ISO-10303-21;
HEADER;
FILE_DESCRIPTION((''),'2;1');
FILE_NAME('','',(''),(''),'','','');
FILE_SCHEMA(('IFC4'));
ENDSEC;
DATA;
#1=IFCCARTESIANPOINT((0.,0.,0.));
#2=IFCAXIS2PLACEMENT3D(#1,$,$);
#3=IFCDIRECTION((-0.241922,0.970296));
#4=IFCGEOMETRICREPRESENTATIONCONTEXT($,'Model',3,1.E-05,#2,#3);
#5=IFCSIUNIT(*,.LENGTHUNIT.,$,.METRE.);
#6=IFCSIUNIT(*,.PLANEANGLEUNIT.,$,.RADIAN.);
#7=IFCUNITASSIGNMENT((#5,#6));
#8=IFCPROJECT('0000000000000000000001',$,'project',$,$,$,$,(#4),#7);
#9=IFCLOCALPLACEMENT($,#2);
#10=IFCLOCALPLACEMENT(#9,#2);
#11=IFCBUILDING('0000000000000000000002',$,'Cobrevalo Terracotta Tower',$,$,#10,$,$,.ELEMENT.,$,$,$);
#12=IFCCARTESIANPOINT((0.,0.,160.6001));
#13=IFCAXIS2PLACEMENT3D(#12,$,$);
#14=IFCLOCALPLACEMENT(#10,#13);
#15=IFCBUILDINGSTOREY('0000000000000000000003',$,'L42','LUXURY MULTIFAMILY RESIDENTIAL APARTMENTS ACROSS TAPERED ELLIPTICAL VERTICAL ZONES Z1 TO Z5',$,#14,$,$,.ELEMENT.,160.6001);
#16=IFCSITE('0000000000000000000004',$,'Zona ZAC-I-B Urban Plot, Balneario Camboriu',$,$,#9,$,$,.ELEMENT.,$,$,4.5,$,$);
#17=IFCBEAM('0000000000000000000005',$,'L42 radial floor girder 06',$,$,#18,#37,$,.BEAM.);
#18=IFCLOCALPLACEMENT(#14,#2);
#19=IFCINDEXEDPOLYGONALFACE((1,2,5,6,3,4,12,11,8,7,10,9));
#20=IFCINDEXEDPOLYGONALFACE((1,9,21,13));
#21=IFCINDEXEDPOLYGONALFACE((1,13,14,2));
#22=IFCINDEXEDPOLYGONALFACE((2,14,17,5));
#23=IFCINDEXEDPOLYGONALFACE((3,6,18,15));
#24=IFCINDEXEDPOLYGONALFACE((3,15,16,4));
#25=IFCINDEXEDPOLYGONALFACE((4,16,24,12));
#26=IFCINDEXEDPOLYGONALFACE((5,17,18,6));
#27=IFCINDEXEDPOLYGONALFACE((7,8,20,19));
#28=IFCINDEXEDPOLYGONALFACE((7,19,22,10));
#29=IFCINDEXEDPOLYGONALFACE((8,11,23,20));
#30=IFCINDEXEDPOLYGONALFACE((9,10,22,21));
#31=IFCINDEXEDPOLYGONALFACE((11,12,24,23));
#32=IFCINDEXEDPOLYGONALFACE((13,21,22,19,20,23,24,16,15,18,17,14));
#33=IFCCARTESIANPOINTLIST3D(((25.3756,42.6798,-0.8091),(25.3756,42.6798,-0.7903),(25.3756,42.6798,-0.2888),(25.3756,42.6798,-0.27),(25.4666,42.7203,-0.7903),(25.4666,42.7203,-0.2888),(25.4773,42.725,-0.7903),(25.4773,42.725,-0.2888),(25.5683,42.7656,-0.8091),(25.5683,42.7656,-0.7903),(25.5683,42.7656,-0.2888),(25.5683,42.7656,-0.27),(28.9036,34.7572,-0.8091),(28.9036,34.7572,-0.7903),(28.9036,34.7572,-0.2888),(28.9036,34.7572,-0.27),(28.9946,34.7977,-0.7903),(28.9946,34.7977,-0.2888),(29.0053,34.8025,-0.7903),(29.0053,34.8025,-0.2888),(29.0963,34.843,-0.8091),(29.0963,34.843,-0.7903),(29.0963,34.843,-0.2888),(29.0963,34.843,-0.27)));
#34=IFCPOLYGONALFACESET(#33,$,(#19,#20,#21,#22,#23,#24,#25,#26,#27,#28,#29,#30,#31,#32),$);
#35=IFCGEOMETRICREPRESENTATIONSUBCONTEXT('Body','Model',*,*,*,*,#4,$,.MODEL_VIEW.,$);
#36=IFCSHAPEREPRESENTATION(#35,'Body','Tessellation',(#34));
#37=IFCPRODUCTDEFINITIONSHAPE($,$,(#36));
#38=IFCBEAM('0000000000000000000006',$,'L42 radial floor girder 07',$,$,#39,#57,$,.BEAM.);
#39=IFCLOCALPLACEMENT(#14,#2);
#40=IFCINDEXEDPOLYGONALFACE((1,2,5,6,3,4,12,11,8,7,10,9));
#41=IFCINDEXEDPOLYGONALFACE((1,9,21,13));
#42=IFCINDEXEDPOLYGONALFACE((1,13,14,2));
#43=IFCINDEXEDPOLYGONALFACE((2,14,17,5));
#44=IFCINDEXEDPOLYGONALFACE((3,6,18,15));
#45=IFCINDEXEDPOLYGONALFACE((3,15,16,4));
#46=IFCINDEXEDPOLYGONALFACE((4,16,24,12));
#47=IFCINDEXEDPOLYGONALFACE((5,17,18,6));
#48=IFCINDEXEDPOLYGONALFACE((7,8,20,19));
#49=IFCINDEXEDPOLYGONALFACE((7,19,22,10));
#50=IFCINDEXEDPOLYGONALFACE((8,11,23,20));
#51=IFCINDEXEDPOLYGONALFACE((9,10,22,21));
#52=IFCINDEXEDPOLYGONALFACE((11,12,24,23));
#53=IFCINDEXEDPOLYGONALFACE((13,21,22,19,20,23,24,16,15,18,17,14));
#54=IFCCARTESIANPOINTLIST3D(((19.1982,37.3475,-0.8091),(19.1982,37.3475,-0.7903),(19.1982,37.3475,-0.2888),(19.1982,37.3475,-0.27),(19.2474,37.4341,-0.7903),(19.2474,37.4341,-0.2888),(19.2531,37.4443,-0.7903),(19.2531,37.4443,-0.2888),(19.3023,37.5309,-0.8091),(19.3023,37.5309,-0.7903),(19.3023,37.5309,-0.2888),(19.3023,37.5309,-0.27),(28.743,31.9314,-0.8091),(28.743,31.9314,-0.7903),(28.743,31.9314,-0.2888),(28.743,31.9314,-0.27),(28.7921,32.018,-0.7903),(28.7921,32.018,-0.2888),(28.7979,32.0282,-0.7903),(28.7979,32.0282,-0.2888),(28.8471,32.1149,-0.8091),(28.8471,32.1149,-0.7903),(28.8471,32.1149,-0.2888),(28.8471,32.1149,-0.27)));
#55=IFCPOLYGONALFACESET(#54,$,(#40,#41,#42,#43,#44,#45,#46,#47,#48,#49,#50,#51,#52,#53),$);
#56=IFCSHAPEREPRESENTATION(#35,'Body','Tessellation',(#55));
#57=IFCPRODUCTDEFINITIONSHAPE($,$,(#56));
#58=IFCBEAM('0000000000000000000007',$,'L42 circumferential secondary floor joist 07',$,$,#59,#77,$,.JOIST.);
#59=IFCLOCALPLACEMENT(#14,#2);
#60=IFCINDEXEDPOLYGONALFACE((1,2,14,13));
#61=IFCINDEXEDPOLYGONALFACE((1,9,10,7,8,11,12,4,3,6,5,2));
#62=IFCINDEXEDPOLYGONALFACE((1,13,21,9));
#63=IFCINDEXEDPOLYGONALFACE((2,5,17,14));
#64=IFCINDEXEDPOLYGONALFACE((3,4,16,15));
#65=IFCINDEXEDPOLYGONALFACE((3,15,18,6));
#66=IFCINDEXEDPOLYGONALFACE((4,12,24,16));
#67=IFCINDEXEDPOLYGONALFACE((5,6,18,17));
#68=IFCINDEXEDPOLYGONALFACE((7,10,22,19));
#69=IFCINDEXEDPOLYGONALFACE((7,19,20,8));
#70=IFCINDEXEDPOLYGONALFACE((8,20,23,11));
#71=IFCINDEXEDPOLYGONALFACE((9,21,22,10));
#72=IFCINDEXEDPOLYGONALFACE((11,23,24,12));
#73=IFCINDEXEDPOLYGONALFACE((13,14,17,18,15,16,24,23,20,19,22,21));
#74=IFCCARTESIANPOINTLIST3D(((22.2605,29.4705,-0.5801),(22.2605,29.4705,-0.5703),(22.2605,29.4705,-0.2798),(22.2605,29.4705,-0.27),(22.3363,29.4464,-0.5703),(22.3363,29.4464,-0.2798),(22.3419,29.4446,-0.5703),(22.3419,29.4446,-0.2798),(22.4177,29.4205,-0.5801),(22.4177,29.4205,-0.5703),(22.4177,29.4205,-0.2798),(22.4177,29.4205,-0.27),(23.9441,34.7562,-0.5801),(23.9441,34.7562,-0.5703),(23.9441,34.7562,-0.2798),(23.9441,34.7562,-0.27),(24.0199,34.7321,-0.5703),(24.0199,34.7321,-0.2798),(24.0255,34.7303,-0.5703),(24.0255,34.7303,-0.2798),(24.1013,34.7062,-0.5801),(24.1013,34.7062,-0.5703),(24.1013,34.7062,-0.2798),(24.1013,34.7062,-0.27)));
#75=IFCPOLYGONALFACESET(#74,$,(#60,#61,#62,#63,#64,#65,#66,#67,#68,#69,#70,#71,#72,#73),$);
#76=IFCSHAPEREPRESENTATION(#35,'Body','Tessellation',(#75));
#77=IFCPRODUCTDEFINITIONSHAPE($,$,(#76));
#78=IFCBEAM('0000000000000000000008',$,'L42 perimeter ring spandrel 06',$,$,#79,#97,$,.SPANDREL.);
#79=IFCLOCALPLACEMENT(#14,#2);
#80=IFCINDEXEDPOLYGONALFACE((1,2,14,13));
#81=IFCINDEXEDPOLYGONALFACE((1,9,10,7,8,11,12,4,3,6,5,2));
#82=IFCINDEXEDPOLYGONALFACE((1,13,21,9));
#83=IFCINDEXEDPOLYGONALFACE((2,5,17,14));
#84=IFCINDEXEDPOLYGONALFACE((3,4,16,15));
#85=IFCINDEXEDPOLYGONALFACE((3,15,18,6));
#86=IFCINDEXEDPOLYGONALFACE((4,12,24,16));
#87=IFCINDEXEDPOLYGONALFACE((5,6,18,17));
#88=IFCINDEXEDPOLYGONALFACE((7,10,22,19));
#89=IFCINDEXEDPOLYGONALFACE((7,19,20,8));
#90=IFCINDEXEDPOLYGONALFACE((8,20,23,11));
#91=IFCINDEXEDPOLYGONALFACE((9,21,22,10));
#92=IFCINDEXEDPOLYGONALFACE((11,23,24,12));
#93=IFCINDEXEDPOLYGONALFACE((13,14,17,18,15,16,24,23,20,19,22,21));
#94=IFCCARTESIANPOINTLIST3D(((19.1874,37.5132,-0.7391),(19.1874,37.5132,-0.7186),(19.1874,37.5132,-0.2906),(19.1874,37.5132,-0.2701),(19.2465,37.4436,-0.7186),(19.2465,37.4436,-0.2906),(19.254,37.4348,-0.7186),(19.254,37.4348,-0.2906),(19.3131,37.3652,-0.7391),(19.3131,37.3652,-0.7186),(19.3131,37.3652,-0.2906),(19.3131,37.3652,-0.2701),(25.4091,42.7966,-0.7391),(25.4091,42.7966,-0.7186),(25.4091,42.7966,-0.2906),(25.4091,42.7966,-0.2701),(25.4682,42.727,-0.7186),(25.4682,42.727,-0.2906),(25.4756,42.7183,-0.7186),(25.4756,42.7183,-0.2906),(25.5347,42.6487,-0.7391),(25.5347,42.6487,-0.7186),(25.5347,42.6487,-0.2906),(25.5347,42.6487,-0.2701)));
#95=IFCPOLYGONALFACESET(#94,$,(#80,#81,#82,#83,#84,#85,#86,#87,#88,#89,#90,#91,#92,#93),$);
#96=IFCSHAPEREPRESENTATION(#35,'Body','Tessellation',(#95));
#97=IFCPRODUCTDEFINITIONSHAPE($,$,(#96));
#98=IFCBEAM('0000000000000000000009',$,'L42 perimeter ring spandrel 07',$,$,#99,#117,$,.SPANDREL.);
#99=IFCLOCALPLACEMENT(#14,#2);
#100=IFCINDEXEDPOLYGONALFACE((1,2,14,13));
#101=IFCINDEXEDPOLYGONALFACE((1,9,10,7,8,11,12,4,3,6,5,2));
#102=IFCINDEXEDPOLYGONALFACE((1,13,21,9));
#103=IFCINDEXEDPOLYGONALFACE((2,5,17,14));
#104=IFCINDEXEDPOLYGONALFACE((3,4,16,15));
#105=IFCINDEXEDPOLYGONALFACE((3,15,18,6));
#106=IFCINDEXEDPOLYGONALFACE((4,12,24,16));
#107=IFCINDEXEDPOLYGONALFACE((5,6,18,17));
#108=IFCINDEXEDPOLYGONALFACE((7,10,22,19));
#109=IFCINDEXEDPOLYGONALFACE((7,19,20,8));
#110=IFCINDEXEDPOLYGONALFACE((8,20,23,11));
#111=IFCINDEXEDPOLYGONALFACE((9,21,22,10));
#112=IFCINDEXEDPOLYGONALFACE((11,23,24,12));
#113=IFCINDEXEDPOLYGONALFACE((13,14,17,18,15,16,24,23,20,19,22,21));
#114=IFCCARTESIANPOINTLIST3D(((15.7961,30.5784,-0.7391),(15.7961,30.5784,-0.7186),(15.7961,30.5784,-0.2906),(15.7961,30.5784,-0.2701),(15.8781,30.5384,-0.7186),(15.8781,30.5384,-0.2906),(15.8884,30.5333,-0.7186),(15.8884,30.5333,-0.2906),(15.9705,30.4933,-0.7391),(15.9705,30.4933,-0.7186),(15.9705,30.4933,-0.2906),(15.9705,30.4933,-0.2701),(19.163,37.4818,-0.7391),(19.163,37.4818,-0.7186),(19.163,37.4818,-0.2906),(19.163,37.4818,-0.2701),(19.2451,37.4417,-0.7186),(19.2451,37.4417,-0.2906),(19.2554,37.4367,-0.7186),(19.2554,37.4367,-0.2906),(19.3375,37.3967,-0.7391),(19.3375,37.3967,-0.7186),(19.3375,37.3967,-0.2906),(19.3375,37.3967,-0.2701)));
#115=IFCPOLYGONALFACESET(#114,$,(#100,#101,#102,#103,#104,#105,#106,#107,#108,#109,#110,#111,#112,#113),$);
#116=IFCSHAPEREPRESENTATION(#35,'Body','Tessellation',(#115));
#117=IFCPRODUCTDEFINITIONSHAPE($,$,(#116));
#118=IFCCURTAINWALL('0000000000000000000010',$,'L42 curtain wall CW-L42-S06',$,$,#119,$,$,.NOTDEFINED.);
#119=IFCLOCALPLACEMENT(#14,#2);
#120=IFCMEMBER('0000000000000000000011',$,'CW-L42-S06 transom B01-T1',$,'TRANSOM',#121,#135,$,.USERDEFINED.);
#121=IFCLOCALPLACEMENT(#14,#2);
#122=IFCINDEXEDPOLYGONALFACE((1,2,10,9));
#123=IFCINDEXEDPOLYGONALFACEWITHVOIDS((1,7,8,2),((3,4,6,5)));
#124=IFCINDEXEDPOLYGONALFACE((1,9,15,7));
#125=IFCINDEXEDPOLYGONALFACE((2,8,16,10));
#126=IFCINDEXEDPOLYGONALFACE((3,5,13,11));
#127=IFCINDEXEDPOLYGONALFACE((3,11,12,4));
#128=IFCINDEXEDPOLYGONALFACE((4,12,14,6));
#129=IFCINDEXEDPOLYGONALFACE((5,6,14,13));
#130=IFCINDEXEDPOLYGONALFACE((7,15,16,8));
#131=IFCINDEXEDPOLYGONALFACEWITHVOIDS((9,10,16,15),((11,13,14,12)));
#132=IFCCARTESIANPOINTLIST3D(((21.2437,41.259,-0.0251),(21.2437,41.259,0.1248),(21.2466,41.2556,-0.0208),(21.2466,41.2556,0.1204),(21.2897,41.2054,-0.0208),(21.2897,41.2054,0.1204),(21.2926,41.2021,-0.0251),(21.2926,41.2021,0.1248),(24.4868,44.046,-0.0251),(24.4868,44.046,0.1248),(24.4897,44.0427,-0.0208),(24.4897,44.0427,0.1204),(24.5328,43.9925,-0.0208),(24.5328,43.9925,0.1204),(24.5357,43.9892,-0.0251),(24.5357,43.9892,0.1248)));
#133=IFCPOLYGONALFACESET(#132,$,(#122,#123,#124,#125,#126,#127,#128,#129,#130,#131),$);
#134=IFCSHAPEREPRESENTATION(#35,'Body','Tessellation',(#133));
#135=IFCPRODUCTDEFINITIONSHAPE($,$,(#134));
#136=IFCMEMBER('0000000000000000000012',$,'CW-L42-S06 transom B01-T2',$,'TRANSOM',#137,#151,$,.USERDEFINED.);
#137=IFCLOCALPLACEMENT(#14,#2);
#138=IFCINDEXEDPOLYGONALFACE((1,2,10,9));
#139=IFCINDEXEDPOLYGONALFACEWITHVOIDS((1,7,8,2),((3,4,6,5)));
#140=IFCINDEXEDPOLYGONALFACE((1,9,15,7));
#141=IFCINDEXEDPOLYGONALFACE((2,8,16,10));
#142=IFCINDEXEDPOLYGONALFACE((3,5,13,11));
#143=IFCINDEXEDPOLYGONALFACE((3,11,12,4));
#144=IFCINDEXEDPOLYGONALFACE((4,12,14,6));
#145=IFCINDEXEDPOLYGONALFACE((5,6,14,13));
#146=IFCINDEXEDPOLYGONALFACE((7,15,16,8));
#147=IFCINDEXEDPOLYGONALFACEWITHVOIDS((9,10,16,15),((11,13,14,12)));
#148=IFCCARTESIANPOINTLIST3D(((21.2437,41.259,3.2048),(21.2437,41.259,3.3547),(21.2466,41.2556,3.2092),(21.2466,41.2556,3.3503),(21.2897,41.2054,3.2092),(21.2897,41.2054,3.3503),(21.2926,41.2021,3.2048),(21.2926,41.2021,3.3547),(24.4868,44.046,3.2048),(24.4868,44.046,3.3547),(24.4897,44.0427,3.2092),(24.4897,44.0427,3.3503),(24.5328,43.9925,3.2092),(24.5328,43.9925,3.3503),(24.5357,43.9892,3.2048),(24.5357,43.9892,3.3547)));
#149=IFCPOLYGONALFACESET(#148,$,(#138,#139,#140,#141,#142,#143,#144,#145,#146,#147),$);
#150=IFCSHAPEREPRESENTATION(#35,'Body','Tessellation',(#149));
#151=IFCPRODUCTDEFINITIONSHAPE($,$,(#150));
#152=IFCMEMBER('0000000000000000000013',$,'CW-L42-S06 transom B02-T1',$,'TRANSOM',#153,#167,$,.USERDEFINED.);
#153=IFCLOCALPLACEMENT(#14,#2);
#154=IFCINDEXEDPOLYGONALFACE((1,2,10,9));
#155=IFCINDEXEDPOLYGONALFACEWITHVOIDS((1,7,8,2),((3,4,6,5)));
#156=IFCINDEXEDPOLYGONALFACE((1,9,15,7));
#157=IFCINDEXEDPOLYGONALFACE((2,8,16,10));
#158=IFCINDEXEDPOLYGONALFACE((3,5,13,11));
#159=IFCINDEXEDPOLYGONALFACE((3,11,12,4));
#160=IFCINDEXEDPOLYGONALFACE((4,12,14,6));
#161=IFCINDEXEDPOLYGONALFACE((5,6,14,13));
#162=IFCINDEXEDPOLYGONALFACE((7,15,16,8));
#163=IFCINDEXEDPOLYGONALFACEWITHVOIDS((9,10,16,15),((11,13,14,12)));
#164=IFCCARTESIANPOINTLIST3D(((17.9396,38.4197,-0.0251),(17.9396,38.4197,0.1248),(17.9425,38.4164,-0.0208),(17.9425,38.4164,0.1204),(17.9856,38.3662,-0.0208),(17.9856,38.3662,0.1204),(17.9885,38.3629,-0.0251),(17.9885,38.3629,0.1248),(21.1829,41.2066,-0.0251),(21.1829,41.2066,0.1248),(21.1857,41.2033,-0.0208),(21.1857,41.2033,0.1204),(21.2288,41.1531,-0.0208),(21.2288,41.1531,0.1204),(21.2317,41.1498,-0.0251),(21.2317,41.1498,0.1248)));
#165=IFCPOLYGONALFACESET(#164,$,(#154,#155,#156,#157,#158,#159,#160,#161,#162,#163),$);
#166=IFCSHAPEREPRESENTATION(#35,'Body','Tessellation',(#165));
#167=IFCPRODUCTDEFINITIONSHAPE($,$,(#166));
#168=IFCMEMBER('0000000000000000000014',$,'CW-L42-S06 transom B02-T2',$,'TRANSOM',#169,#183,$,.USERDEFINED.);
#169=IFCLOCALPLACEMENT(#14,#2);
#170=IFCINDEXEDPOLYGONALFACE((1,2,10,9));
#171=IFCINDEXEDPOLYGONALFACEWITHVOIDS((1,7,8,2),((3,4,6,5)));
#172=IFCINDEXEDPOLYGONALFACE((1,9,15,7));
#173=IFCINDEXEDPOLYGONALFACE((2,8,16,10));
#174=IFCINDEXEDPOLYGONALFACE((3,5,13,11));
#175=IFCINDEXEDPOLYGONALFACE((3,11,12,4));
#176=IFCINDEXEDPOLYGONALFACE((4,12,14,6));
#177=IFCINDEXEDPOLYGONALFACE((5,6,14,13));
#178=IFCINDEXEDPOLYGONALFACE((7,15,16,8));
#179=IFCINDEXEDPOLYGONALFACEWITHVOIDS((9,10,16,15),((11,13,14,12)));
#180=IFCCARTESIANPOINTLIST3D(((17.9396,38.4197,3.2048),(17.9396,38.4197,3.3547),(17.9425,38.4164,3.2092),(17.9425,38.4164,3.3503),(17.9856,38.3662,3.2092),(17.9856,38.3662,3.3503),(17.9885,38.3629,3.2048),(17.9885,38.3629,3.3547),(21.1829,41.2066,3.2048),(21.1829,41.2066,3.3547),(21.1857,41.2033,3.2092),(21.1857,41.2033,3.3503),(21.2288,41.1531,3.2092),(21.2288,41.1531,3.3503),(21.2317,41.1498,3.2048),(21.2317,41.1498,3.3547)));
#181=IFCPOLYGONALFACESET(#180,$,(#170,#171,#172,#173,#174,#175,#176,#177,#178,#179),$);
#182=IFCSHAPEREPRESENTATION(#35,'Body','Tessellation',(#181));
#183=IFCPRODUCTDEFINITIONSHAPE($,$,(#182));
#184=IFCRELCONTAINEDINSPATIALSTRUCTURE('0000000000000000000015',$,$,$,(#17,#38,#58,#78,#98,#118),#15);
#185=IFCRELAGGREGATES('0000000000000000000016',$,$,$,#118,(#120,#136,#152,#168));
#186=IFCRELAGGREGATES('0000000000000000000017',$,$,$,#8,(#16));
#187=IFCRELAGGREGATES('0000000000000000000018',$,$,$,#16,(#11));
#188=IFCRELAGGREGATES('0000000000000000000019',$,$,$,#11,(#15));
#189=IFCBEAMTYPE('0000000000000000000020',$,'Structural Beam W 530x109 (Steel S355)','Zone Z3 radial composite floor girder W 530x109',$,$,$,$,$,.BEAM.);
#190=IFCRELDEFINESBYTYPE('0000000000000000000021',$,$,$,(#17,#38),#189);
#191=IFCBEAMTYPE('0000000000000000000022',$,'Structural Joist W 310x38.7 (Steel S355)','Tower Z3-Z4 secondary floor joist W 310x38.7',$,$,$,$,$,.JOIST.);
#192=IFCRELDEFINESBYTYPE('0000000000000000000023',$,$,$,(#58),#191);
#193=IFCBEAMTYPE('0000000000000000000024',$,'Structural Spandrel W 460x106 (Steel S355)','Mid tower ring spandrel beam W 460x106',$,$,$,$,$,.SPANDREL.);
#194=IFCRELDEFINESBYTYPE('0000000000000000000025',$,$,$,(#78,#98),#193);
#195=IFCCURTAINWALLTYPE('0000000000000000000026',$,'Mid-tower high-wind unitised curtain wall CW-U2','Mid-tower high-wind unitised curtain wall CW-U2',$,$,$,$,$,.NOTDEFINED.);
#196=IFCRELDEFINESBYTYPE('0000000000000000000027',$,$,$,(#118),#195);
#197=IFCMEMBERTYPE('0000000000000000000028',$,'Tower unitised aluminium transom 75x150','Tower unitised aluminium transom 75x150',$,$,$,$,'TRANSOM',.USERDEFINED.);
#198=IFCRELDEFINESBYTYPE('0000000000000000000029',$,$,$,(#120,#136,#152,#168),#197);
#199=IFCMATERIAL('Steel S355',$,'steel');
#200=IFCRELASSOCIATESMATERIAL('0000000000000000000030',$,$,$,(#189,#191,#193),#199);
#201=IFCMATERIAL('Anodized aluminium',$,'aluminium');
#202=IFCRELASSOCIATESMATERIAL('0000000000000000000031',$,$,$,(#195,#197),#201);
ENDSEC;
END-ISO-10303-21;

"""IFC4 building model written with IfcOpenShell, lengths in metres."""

from ifc_helpers import new_model, si_unit, direction, frame, origin, origin_2d, place, context, subcontext, project, spatial, hollow_rectangle, i_section, extrude, source, transform, mapped, material, material_profile, profile_set, type_object, element, aggregate, save


model = new_model("IFC4")

# Units and contexts
model_context = context("Model", 3, precision=1e-05, world=origin(), true_north=direction((-0.241922, 0.970296)))
body_context = subcontext(model_context, "Body", "Model", "MODEL_VIEW")
ifc_project = project(units=[si_unit("LENGTHUNIT", "METRE"), si_unit("PLANEANGLEUNIT", "RADIAN")], contexts=[model_context])

# Site, building, storey
site_placement = place(None, origin())
site = spatial("IfcSite", under=ifc_project, at=site_placement, Name="Zona ZAC-I-B Urban Plot, Balneario Camboriu", CompositionType="ELEMENT", RefElevation=4.5)
building_placement = place(site_placement, origin())
building = spatial("IfcBuilding", under=site, at=building_placement, Name="Cobrevalo Terracotta Tower", CompositionType="ELEMENT")
storey_placement = place(building_placement, frame((0.0, 0.0, 160.6001)))
storey = spatial("IfcBuildingStorey", under=building, at=storey_placement, Name="L42", Description="LUXURY MULTIFAMILY RESIDENTIAL APARTMENTS ACROSS TAPERED ELLIPTICAL VERTICAL ZONES Z1 TO Z5", CompositionType="ELEMENT", Elevation=160.6001)

# Shared definitions
ifc_material_1 = material(Name="Steel S355", Category="steel")

# Beams
ifc_material_profile_1 = material_profile(ifc_material_1, i_section(OverallWidth=0.2109, OverallDepth=0.5391, WebThickness=0.0117, FlangeThickness=0.0188, at=origin_2d()), Name="W 530x109")
ifc_profile_set_1 = profile_set([ifc_material_profile_1], Name="Steel S355")
beam_type_1 = type_object("IfcBeamType", Name="Structural Beam W 530x109 (Steel S355)", Description="Zone Z3 radial composite floor girder W 530x109", PredefinedType="BEAM", material=ifc_profile_set_1)
beam_1_placement = place(storey_placement, frame((25.4719, 42.7227, -0.5396), z_axis=(0.406804, -0.913515, 0.0), x_axis=(0.913515, 0.406804, 0.0)))
element("IfcBeam", 1, at=beam_1_placement, inside=storey, type_object=beam_type_1, Name="L42 radial floor girder 06", PredefinedType="BEAM", context=body_context, shape_type="SweptSolid", body=[
    extrude(i_section(OverallWidth=0.2109, OverallDepth=0.5391, WebThickness=0.0117, FlangeThickness=0.0188, at=origin_2d()), origin(), (0.0, 0.0, 1.0), 8.6726),
])
beam_2_placement = place(storey_placement, frame((19.2502, 37.4392, -0.5396), z_axis=(0.869734, -0.49352, 0.0), x_axis=(0.49352, 0.869734, 0.0)))
element("IfcBeam", 2, at=beam_2_placement, inside=storey, type_object=beam_type_1, Name="L42 radial floor girder 07", PredefinedType="BEAM", context=body_context, shape_type="SweptSolid", body=[
    extrude(i_section(OverallWidth=0.2109, OverallDepth=0.5391, WebThickness=0.0117, FlangeThickness=0.0188, at=origin_2d()), origin(), (0.0, 0.0, 1.0), 10.9744),
])
ifc_material_profile_2 = material_profile(ifc_material_1, i_section(OverallWidth=0.165, OverallDepth=0.3101, WebThickness=0.0059, FlangeThickness=0.0098, at=origin_2d()), Name="W 310x38.7")
ifc_profile_set_2 = profile_set([ifc_material_profile_2], Name="Steel S355")
beam_type_2 = type_object("IfcBeamType", Name="Structural Joist W 310x38.7 (Steel S355)", Description="Tower Z3-Z4 secondary floor joist W 310x38.7", PredefinedType="JOIST", material=ifc_profile_set_2)
beam_3_placement = place(storey_placement, frame((24.0227, 34.7312, -0.425), z_axis=(-0.303498, -0.952832, 0.0), x_axis=(0.952832, -0.303498, 0.0)))
element("IfcBeam", 3, at=beam_3_placement, inside=storey, type_object=beam_type_2, Name="L42 circumferential secondary floor joist 07", PredefinedType="JOIST", context=body_context, shape_type="SweptSolid", body=[
    extrude(i_section(OverallWidth=0.165, OverallDepth=0.3101, WebThickness=0.0059, FlangeThickness=0.0098, at=origin_2d()), origin(), (0.0, 0.0, 1.0), 5.5474),
])
ifc_material_profile_3 = material_profile(ifc_material_1, i_section(OverallWidth=0.1941, OverallDepth=0.469, WebThickness=0.0115, FlangeThickness=0.0205, at=origin_2d()), Name="W 460x106")
ifc_profile_set_3 = profile_set([ifc_material_profile_3], Name="Steel S355")
beam_type_3 = type_object("IfcBeamType", Name="Structural Spandrel W 460x106 (Steel S355)", Description="Mid tower ring spandrel beam W 460x106", PredefinedType="SPANDREL", material=ifc_profile_set_3)
beam_4_placement = place(storey_placement, frame((25.4719, 42.7227, -0.5046), z_axis=(-0.76224, -0.647294, 0.0), x_axis=(0.647294, -0.76224, 0.0)))
element("IfcBeam", 4, at=beam_4_placement, inside=storey, type_object=beam_type_3, Name="L42 perimeter ring spandrel 06", PredefinedType="SPANDREL", context=body_context, shape_type="SweptSolid", body=[
    extrude(i_section(OverallWidth=0.1941, OverallDepth=0.469, WebThickness=0.0115, FlangeThickness=0.0205, at=origin_2d()), origin(), (0.0, 0.0, 1.0), 8.1624),
])
beam_5_placement = place(storey_placement, frame((19.2502, 37.4392, -0.5046), z_axis=(-0.438368, -0.898796, 0.0), x_axis=(0.898796, -0.438368, 0.0)))
element("IfcBeam", 5, at=beam_5_placement, inside=storey, type_object=beam_type_3, Name="L42 perimeter ring spandrel 07", PredefinedType="SPANDREL", context=body_context, shape_type="SweptSolid", body=[
    extrude(i_section(OverallWidth=0.1941, OverallDepth=0.469, WebThickness=0.0115, FlangeThickness=0.0205, at=origin_2d()), origin(), (0.0, 0.0, 1.0), 7.6807),
])

# Curtain wall, members
ifc_material_2 = material(Name="Anodized aluminium", Category="aluminium")
curtain_wall_type = type_object("IfcCurtainWallType", Name="Mid-tower high-wind unitised curtain wall CW-U2", Description="Mid-tower high-wind unitised curtain wall CW-U2", PredefinedType="NOTDEFINED", material=ifc_material_2)
curtain_wall_1_placement = place(storey_placement, origin())
curtain_wall_1 = element("IfcCurtainWall", 6, at=curtain_wall_1_placement, inside=storey, type_object=curtain_wall_type, Name="L42 curtain wall CW-L42-S06", PredefinedType="NOTDEFINED")
ifc_material_profile_4 = material_profile(ifc_material_2, hollow_rectangle(XDim=0.075, YDim=0.1499, WallThickness=0.0044, at=origin_2d()), Name="CWT 75x150")
ifc_profile_set_4 = profile_set([ifc_material_profile_4], Name="Anodized aluminium")
member_type_1 = type_object("IfcMemberType", Name="Tower unitised aluminium transom 75x150", Description="Tower unitised aluminium transom 75x150", ElementType="TRANSOM", PredefinedType="USERDEFINED", material=ifc_profile_set_4)
shared_shape_1 = source(origin(), body_context, "Body", "SweptSolid", [
    extrude(hollow_rectangle(XDim=0.075, YDim=0.1499, WallThickness=0.0044, at=origin_2d()), origin(), (0.0, 0.0, 1.0), 4.2761),
])
member_1_placement = place(storey_placement, frame((24.5112, 44.0176, 0.0498), z_axis=(-0.758418, -0.651769, 0.0), x_axis=(0.651769, -0.758418, 0.0)))
member_1 = element("IfcMember", 7, at=member_1_placement, type_object=member_type_1, Name="CW-L42-S06 transom B01-T1", ObjectType="TRANSOM", PredefinedType="USERDEFINED", context=body_context, shape_type="MappedRepresentation", body=[
    mapped(shared_shape_1, transform((0.0, 0.0, 0.0), scale=1.0)),
])
member_2_placement = place(storey_placement, frame((24.5112, 44.0176, 3.2798), z_axis=(-0.758418, -0.651769, 0.0), x_axis=(0.651769, -0.758418, 0.0)))
member_2 = element("IfcMember", 8, at=member_2_placement, type_object=member_type_1, Name="CW-L42-S06 transom B01-T2", ObjectType="TRANSOM", PredefinedType="USERDEFINED", context=body_context, shape_type="MappedRepresentation", body=[
    mapped(shared_shape_1, transform((0.0, 0.0, 0.0), scale=1.0)),
])
member_3_placement = place(storey_placement, frame((21.2073, 41.1782, 0.0498), z_axis=(-0.758446, -0.651736, 0.0), x_axis=(0.651736, -0.758446, 0.0)))
member_3 = element("IfcMember", 9, at=member_3_placement, type_object=member_type_1, Name="CW-L42-S06 transom B02-T1", ObjectType="TRANSOM", PredefinedType="USERDEFINED", context=body_context, shape_type="MappedRepresentation", body=[
    mapped(shared_shape_1, transform((0.0, 0.0, 0.0), scale=1.0)),
])
member_4_placement = place(storey_placement, frame((21.2073, 41.1782, 3.2798), z_axis=(-0.758446, -0.651736, 0.0), x_axis=(0.651736, -0.758446, 0.0)))
member_4 = element("IfcMember", 10, at=member_4_placement, type_object=member_type_1, Name="CW-L42-S06 transom B02-T2", ObjectType="TRANSOM", PredefinedType="USERDEFINED", context=body_context, shape_type="MappedRepresentation", body=[
    mapped(shared_shape_1, transform((0.0, 0.0, 0.0), scale=1.0)),
])

aggregate(curtain_wall_1, [member_1, member_2, member_3, member_4])

save(model, "model.ifc")
